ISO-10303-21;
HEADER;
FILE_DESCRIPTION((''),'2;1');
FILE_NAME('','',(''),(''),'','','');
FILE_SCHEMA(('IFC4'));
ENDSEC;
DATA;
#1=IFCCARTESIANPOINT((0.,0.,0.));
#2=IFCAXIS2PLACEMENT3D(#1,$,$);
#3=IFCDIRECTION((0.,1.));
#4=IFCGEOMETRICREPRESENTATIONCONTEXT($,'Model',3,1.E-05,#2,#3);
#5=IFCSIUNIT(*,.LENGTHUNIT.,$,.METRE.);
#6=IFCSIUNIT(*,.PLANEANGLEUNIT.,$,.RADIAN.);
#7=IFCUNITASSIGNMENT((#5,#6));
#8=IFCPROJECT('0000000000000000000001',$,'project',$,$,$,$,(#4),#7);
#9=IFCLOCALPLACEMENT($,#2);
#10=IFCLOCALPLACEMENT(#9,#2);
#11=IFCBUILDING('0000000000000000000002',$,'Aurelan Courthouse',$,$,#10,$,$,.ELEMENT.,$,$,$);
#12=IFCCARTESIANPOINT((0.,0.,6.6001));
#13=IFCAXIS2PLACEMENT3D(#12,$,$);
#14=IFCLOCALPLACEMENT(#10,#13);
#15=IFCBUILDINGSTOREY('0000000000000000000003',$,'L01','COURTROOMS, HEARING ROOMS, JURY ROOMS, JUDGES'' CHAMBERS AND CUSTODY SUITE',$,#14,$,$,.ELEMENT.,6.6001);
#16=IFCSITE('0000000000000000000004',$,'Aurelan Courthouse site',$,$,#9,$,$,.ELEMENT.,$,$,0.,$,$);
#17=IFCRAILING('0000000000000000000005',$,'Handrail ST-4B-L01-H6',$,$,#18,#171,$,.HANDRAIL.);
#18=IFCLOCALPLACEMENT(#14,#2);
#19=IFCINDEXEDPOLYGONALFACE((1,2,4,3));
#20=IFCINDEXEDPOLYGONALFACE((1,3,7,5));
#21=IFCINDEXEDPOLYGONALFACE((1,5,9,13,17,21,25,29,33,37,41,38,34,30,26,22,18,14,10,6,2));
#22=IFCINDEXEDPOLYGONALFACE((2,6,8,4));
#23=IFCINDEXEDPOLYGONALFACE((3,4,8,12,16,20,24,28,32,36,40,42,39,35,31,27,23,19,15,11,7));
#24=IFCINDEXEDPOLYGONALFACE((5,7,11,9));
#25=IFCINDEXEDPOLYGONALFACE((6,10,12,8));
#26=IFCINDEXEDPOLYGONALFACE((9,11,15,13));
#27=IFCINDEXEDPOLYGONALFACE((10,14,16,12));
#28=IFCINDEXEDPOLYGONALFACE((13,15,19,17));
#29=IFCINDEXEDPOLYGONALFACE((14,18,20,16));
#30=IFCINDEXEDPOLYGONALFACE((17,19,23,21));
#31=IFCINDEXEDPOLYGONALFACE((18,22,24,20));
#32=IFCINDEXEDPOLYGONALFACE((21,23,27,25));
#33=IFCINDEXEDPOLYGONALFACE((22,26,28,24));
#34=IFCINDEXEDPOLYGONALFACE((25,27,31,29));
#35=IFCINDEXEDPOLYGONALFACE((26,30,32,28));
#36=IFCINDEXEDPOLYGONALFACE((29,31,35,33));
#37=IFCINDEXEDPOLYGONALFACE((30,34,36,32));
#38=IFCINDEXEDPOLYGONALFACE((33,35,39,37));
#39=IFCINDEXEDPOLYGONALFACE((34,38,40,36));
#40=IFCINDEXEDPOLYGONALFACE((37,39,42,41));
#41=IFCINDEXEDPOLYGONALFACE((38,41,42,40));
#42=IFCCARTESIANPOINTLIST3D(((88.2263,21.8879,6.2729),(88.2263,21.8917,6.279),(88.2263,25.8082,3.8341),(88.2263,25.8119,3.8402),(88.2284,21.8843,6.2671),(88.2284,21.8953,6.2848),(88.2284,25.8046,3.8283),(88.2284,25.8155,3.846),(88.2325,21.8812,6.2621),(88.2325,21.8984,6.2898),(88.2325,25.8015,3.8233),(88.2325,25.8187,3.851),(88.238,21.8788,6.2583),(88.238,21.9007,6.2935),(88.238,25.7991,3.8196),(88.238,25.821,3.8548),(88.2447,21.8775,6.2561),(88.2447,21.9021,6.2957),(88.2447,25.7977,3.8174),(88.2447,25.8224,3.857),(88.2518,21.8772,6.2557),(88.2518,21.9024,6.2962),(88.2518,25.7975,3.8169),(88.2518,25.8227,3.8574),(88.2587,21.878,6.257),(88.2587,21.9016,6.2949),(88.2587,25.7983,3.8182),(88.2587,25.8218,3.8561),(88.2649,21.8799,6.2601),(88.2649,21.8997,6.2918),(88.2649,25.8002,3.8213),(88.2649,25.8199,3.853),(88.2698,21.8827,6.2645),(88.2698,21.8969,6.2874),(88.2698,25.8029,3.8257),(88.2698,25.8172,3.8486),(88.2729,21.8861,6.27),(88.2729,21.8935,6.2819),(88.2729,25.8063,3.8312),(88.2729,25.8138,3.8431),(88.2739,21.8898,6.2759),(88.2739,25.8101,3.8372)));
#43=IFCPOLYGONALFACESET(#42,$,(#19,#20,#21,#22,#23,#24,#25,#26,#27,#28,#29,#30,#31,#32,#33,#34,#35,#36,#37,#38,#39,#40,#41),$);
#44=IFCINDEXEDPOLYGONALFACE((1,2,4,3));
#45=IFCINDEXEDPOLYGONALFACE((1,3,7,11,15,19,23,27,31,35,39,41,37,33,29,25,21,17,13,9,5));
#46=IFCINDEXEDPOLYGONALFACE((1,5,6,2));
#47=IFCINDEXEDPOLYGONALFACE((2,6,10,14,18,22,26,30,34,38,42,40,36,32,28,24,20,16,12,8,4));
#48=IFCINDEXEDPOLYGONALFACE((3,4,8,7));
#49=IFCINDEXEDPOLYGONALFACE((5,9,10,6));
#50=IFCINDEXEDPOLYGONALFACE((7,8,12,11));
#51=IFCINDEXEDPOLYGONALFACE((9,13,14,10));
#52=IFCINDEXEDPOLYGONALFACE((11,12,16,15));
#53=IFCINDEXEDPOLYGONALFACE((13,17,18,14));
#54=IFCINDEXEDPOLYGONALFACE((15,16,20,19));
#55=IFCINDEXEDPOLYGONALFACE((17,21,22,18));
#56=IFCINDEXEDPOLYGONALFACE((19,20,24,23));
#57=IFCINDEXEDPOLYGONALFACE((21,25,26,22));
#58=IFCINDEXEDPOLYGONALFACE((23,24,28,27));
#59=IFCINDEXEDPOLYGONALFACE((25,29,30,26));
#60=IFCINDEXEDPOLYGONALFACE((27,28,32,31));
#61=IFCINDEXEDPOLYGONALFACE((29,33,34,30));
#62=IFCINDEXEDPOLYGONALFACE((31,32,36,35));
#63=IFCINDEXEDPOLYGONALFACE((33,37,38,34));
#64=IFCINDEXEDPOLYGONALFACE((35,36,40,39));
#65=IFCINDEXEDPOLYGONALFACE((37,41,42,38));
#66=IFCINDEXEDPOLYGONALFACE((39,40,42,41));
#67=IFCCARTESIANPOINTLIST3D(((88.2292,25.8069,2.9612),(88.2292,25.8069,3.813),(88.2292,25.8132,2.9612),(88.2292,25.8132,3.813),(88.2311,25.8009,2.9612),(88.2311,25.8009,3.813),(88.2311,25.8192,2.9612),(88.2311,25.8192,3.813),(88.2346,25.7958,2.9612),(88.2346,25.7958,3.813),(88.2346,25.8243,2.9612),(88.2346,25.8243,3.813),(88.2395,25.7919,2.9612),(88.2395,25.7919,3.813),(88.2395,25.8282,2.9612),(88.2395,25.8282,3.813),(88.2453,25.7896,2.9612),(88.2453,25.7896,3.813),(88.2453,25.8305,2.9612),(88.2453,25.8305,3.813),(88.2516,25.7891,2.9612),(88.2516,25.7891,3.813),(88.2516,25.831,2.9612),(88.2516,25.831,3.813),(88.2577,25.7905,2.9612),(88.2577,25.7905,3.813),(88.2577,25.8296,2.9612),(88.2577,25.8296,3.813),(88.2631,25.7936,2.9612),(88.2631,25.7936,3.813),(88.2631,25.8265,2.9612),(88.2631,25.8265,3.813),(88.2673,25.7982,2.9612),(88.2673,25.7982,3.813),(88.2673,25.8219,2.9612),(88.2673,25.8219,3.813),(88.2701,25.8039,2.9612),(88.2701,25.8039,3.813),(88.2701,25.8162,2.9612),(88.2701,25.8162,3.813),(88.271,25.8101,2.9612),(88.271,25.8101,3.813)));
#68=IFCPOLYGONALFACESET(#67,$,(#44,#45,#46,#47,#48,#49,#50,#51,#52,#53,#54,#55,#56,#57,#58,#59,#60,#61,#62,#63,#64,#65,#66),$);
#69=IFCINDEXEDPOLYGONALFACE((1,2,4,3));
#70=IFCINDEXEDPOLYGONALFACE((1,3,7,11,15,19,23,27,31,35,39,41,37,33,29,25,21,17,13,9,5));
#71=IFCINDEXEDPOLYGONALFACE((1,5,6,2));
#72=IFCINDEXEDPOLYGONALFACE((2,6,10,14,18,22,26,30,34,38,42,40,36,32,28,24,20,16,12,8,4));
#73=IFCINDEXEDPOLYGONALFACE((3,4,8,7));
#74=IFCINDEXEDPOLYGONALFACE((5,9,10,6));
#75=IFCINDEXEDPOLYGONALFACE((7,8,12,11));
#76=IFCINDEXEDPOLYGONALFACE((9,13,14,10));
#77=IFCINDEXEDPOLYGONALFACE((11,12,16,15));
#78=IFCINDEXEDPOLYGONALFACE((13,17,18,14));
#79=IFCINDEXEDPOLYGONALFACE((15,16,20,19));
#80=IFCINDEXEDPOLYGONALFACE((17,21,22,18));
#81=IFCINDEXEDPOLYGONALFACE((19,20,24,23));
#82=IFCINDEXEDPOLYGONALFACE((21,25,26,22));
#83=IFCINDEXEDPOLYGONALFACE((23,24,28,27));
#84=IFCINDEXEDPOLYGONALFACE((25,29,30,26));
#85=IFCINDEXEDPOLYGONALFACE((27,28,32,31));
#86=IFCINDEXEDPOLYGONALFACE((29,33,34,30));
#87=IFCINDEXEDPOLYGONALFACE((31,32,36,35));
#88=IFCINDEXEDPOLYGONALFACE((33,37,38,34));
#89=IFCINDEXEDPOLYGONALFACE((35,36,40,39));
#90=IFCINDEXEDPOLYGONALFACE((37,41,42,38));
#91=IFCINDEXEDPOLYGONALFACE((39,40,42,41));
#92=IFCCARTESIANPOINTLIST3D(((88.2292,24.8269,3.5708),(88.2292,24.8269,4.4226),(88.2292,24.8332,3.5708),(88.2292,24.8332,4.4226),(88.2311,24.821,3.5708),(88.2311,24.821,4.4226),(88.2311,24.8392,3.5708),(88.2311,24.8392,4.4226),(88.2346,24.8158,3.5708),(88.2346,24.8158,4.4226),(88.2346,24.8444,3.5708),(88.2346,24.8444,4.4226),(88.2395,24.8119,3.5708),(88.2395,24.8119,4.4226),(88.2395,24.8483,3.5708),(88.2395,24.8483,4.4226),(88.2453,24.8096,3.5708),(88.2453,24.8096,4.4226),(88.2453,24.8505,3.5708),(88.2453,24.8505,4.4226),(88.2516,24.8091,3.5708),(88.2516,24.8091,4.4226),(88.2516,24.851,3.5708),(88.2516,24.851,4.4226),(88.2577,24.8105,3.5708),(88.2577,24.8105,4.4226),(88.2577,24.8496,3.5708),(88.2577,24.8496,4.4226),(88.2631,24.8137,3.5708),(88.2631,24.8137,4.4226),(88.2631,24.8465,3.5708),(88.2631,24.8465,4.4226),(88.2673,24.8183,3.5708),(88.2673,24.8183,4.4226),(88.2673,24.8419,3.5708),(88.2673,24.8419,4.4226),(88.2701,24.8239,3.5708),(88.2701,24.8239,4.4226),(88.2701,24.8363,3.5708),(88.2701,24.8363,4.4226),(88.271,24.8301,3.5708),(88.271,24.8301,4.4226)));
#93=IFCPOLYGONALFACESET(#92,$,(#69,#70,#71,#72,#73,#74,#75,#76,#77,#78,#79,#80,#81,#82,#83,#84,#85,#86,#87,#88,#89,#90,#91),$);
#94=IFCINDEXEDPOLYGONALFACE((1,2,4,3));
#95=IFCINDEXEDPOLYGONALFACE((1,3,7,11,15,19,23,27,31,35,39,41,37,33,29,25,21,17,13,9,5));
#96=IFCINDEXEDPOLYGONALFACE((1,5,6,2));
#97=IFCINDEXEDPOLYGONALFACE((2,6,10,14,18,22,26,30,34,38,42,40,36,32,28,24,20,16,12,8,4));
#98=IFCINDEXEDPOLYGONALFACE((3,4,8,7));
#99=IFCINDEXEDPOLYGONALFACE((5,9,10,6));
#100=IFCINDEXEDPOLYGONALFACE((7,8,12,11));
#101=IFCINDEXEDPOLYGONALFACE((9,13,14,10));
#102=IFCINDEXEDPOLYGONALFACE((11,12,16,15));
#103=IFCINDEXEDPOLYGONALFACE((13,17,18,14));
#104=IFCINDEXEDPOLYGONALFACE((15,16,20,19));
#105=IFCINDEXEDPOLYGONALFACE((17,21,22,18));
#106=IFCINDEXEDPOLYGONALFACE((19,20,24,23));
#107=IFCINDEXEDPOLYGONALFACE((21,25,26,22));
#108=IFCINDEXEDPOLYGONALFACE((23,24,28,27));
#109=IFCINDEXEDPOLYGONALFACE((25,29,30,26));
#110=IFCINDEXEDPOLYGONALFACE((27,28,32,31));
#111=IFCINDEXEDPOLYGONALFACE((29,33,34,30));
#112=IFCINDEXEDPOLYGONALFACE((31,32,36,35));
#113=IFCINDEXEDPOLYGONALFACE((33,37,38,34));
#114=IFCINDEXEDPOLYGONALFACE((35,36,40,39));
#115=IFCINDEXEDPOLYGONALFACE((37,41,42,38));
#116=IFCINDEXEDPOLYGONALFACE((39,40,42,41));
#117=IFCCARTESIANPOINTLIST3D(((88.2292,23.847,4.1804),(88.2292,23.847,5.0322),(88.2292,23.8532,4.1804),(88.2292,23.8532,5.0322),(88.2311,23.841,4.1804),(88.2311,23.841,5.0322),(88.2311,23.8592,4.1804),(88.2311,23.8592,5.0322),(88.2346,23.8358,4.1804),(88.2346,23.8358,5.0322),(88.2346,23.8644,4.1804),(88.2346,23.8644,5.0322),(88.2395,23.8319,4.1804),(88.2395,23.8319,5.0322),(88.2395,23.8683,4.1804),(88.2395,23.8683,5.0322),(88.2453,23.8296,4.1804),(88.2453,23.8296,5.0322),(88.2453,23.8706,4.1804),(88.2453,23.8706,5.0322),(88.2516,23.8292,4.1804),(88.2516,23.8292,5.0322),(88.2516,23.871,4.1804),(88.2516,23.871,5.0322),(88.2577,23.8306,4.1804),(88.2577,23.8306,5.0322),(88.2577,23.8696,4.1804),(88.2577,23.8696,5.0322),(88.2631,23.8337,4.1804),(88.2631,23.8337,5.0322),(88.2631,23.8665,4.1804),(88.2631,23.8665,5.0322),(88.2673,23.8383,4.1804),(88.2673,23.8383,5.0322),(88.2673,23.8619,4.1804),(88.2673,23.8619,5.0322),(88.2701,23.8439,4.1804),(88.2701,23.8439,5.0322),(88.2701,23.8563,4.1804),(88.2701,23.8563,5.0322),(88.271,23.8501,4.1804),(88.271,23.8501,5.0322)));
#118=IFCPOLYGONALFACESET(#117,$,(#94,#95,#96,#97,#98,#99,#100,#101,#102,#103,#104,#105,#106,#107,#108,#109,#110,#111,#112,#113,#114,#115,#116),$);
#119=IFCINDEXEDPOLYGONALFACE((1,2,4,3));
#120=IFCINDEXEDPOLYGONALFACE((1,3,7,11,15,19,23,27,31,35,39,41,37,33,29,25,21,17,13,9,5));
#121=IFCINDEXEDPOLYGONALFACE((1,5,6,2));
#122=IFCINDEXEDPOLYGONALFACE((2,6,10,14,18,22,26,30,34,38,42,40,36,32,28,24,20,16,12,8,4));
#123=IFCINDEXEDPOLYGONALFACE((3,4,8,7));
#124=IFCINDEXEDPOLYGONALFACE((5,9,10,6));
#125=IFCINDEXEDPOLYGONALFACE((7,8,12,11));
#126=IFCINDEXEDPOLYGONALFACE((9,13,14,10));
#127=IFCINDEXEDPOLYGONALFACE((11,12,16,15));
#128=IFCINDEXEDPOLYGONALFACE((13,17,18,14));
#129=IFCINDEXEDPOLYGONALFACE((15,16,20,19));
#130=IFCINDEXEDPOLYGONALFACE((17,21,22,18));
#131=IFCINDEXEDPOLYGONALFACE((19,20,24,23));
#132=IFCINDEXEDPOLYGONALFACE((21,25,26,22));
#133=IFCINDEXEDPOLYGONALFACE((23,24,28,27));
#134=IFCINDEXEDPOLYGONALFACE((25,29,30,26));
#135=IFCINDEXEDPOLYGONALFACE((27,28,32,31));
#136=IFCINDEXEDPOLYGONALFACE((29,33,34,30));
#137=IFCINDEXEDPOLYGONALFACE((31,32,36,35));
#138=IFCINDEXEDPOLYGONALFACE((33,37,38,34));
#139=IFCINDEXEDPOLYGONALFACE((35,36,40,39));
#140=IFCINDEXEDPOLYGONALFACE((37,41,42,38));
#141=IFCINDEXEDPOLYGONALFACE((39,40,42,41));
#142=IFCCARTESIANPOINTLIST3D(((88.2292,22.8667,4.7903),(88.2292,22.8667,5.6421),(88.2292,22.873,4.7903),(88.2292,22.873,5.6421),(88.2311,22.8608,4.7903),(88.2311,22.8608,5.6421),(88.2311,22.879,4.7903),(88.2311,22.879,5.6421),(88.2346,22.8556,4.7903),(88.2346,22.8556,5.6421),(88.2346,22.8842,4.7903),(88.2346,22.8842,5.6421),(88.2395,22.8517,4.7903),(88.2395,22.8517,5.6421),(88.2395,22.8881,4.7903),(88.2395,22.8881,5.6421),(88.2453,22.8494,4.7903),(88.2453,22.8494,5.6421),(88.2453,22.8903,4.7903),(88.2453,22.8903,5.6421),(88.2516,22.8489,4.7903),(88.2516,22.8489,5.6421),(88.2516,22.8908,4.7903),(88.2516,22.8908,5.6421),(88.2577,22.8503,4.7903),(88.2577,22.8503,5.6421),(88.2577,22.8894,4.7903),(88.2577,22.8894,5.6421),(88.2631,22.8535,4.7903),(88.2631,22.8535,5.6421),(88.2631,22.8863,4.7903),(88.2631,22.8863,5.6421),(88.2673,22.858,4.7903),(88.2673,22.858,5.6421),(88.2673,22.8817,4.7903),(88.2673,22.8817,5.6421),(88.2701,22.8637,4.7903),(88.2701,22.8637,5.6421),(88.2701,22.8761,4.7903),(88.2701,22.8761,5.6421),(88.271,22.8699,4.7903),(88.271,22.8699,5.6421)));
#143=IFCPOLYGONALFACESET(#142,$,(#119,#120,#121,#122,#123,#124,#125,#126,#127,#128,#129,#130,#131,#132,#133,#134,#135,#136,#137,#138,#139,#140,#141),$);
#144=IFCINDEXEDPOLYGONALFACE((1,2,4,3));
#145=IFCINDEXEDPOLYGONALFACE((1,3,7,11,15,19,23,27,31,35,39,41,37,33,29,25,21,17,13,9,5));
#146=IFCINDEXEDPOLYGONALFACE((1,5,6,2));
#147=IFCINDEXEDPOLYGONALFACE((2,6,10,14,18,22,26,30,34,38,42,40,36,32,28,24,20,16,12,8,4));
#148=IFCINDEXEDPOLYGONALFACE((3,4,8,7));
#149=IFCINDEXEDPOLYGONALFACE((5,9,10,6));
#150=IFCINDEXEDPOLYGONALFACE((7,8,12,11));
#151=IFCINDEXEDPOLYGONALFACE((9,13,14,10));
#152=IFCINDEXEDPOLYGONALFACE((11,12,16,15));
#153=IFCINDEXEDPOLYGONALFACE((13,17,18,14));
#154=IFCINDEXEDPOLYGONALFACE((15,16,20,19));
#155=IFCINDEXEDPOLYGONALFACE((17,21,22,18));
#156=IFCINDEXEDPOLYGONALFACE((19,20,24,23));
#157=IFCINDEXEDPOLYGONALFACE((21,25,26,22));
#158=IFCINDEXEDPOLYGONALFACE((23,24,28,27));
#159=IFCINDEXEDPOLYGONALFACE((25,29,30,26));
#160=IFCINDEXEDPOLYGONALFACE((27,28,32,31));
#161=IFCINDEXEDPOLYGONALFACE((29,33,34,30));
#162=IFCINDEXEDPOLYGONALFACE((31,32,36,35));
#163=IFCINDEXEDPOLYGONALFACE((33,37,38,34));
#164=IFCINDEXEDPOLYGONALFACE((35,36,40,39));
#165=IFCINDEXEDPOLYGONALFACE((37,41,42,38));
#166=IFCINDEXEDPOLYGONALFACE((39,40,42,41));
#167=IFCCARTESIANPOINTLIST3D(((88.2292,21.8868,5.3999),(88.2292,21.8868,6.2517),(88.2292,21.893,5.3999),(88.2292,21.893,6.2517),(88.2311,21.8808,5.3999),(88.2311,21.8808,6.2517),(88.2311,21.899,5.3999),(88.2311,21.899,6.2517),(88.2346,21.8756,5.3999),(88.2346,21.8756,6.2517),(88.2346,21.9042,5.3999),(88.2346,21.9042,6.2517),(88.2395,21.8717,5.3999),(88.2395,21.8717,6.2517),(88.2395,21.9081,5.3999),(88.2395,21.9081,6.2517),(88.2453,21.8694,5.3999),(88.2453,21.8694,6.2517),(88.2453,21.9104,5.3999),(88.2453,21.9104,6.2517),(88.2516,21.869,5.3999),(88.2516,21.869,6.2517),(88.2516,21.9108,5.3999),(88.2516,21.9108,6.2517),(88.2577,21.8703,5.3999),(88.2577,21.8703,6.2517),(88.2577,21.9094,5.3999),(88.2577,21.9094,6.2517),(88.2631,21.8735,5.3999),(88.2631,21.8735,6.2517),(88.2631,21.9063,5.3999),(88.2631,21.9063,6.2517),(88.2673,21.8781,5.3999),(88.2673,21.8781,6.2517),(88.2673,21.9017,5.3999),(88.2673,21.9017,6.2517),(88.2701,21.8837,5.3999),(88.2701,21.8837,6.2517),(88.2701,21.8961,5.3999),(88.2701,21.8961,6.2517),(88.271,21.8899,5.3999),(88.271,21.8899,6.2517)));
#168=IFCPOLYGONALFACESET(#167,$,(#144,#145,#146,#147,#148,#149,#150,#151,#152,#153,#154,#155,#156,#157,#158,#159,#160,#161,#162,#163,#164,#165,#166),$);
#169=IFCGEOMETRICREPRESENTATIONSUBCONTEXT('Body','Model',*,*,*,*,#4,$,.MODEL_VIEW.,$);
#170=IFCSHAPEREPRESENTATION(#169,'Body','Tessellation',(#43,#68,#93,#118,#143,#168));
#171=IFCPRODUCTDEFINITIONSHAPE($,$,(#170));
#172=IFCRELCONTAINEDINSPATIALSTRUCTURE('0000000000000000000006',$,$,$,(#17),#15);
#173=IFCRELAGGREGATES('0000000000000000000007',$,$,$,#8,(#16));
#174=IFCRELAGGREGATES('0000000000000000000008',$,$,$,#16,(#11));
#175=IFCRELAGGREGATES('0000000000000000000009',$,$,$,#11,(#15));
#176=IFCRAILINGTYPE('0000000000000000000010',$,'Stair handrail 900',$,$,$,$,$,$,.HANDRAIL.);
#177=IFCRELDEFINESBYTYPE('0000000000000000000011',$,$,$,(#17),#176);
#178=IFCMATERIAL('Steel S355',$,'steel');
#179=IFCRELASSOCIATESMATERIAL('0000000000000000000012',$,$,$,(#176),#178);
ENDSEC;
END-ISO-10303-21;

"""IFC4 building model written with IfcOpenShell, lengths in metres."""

from ifc_helpers import new_model, si_unit, direction, frame, origin, origin_2d, place, context, subcontext, project, spatial, circle, extrude, material, type_object, element, save


model = new_model("IFC4")

# Units and contexts
model_context = context("Model", 3, precision=1e-05, world=origin(), true_north=direction((0.0, 1.0)))
body_context = subcontext(model_context, "Body", "Model", "MODEL_VIEW")
ifc_project = project(units=[si_unit("LENGTHUNIT", "METRE"), si_unit("PLANEANGLEUNIT", "RADIAN")], contexts=[model_context])

# Site, building, storey
site_placement = place(None, origin())
site = spatial("IfcSite", under=ifc_project, at=site_placement, Name="Aurelan Courthouse site", CompositionType="ELEMENT", RefElevation=0.0)
building_placement = place(site_placement, origin())
building = spatial("IfcBuilding", under=site, at=building_placement, Name="Aurelan Courthouse", CompositionType="ELEMENT")
storey_placement = place(building_placement, frame((0.0, 0.0, 6.6001)))
storey = spatial("IfcBuildingStorey", under=building, at=storey_placement, Name="L01", Description="COURTROOMS, HEARING ROOMS, JURY ROOMS, JUDGES' CHAMBERS AND CUSTODY SUITE", CompositionType="ELEMENT", Elevation=6.6001)

# Railing
ifc_material_1 = material(Name="Steel S355", Category="steel")
railing_type_1 = type_object("IfcRailingType", Name="Stair handrail 900", PredefinedType="HANDRAIL", material=ifc_material_1)
for number, where, name in (
    (1, (88.25, 25.8101, 2.9612), "Handrail ST-4B-L01-H6"),
):
    element("IfcRailing", number, at=place(storey_placement, frame(where)), inside=storey, type_object=railing_type_1, Name=name, PredefinedType="HANDRAIL", context=body_context, shape_type="SweptSolid", body=[
        extrude(circle(Radius=0.0239, at=origin_2d()), frame((0.0, 0.0, 0.876), z_axis=(0.0, -0.849105, 0.528225), x_axis=(1.0, 0.0, 0.0)), (0.0, 0.0, 1.0), 4.6169),
        extrude(circle(Radius=0.021, at=origin_2d()), origin(), (0.0, 0.0, 1.0), 0.8518),
        extrude(circle(Radius=0.021, at=origin_2d()), frame((0.0, -0.98, 0.6096)), (0.0, 0.0, 1.0), 0.8518),
        extrude(circle(Radius=0.021, at=origin_2d()), frame((0.0, -1.96, 1.2192)), (0.0, 0.0, 1.0), 0.8518),
        extrude(circle(Radius=0.021, at=origin_2d()), frame((0.0, -2.9402, 1.8291)), (0.0, 0.0, 1.0), 0.8518),
        extrude(circle(Radius=0.021, at=origin_2d()), frame((0.0, -3.9202, 2.4387)), (0.0, 0.0, 1.0), 0.8518),
    ])

save(model, "model.ifc")
